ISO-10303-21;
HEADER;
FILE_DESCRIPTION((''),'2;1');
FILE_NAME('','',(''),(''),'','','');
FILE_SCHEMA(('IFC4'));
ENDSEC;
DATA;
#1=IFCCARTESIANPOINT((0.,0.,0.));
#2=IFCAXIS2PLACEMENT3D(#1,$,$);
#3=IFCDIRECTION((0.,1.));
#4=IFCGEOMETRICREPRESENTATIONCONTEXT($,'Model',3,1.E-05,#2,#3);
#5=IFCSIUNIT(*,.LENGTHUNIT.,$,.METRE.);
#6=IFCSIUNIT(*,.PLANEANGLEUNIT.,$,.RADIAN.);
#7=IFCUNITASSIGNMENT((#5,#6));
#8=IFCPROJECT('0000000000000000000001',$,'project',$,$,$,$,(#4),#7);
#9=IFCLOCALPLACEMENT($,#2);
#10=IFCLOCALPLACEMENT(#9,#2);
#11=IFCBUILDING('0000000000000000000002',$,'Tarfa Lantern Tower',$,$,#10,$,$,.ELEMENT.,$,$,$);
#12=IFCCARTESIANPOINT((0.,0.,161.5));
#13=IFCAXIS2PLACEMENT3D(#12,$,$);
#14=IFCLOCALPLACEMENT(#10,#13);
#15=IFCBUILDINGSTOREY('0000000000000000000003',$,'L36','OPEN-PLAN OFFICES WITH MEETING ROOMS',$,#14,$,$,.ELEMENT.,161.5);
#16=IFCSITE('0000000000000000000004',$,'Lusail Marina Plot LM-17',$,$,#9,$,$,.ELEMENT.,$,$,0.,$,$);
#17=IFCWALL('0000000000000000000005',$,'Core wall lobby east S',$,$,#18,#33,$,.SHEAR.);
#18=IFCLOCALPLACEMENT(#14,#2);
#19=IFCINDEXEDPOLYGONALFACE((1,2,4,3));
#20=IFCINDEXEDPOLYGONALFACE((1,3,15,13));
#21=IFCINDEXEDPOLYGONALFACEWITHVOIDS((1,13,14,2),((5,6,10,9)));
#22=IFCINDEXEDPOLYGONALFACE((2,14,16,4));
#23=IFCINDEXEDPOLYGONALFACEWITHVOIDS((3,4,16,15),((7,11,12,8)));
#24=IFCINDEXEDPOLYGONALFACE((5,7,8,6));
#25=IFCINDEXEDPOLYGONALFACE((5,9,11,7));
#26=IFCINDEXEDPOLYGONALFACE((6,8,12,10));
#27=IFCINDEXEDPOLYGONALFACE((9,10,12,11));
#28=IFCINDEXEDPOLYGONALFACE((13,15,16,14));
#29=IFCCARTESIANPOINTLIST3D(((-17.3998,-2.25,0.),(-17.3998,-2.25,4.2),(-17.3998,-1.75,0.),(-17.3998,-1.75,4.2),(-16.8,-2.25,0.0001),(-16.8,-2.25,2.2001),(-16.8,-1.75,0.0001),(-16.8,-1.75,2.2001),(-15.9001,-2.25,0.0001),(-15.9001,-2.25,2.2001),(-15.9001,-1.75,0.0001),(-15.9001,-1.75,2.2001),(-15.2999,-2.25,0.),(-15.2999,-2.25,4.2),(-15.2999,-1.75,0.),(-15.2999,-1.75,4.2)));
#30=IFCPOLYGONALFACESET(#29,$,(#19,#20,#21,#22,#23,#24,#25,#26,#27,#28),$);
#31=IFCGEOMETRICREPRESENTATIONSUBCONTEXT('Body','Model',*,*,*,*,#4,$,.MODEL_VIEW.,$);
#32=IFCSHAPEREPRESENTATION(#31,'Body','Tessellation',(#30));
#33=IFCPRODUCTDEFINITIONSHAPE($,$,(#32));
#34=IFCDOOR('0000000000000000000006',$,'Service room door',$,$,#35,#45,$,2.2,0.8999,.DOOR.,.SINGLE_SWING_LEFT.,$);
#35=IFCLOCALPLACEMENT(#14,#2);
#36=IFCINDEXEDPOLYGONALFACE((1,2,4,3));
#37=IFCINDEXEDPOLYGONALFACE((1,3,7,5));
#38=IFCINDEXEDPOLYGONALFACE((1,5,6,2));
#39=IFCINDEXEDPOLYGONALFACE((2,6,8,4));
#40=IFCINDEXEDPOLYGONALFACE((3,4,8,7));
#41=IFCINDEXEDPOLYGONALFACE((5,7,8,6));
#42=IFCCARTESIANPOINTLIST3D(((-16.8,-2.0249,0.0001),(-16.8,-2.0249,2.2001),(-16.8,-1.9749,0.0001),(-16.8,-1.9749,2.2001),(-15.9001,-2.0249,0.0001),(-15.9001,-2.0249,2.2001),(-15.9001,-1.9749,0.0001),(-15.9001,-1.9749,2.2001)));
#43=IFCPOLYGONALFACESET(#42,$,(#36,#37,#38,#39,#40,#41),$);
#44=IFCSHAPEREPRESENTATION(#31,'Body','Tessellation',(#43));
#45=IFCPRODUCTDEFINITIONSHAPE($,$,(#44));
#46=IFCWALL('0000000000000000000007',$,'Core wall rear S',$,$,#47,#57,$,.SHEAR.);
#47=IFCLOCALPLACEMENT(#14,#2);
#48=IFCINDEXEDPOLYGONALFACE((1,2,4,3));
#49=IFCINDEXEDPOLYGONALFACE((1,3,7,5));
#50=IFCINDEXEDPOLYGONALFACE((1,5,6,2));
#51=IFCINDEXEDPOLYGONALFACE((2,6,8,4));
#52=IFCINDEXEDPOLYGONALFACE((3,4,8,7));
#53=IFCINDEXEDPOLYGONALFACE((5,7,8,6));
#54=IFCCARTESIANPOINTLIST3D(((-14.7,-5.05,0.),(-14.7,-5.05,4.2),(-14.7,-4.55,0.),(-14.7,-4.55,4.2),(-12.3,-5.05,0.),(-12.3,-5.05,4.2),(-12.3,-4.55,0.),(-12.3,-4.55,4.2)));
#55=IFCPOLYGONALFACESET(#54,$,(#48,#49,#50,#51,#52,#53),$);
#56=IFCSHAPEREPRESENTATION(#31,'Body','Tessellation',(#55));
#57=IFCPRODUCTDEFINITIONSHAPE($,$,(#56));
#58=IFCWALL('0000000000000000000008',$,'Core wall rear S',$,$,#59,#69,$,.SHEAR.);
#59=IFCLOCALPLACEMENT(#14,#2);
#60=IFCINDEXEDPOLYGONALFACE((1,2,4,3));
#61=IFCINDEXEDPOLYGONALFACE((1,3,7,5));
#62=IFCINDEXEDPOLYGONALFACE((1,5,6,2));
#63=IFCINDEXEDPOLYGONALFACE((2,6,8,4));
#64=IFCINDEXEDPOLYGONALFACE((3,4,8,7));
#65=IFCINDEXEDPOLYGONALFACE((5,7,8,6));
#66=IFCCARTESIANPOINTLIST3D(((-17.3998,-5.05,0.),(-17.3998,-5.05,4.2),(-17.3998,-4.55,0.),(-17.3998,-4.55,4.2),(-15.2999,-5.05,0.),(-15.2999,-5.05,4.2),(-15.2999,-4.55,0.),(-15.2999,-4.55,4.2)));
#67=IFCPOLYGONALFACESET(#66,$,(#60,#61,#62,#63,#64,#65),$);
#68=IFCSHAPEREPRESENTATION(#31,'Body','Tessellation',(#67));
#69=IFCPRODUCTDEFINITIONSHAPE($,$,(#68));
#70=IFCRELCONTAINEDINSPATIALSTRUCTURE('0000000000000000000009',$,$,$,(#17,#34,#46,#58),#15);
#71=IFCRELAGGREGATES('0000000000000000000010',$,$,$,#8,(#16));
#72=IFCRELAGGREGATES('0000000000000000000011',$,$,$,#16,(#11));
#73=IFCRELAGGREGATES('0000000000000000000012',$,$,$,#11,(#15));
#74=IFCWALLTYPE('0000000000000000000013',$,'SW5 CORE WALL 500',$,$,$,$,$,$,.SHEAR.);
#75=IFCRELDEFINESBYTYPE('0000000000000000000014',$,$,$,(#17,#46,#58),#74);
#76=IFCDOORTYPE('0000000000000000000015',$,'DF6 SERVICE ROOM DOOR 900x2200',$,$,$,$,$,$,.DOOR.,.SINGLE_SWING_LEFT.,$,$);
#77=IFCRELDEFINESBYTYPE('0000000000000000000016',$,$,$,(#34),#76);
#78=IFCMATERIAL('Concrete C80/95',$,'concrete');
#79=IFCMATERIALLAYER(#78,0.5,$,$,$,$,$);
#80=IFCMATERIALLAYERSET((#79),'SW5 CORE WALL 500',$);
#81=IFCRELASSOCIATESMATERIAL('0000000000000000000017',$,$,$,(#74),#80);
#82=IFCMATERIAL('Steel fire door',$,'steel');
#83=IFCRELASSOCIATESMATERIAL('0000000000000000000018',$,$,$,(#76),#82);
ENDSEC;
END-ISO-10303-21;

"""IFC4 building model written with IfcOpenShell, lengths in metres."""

from ifc_helpers import new_model, si_unit, direction, frame, frame_2d, origin, place, context, subcontext, project, spatial, rectangle, extrude, material, layer, layer_set, type_object, element, fill, save


model = new_model("IFC4")

# Units and contexts
model_context = context("Model", 3, precision=1e-05, world=origin(), true_north=direction((0.0, 1.0)))
body_context = subcontext(model_context, "Body", "Model", "MODEL_VIEW")
ifc_project = project(units=[si_unit("LENGTHUNIT", "METRE"), si_unit("PLANEANGLEUNIT", "RADIAN")], contexts=[model_context])

# Site, building, storey
site_placement = place(None, origin())
site = spatial("IfcSite", under=ifc_project, at=site_placement, Name="Lusail Marina Plot LM-17", CompositionType="ELEMENT", RefElevation=0.0)
building_placement = place(site_placement, origin())
building = spatial("IfcBuilding", under=site, at=building_placement, Name="Tarfa Lantern Tower", CompositionType="ELEMENT")
storey_placement = place(building_placement, frame((0.0, 0.0, 161.5)))
storey = spatial("IfcBuildingStorey", under=building, at=storey_placement, Name="L36", Description="OPEN-PLAN OFFICES WITH MEETING ROOMS", CompositionType="ELEMENT", Elevation=161.5)

# Shared definitions
ifc_material_1 = material(Name="Concrete C80/95", Category="concrete")
ifc_layer_1 = layer(ifc_material_1, 0.5)
ifc_layer_set_1 = layer_set([ifc_layer_1], Name="SW5 CORE WALL 500")
wall_type_1 = type_object("IfcWallType", Name="SW5 CORE WALL 500", PredefinedType="SHEAR", material=ifc_layer_set_1)

# Wall, opening, door
wall_1_placement = place(storey_placement, frame((-15.3, -2.0, 0.0), z_axis=(0.0, 0.0, 1.0), x_axis=(-1.0, 0.0, 0.0)))
wall_1 = element("IfcWall", 1, at=wall_1_placement, inside=storey, type_object=wall_type_1, Name="Core wall lobby east S", PredefinedType="SHEAR", context=body_context, shape_type="SweptSolid", body=[
    extrude(rectangle(XDim=2.0999, YDim=0.5, at=frame_2d((1.0498, 0.0))), origin(), (0.0, 0.0, 1.0), 4.2),
])
opening_1_placement = place(wall_1_placement, frame((0.6001, 0.0, 0.0)))
opening_1 = element("IfcOpeningElement", 2, at=opening_1_placement, cuts=wall_1, PredefinedType="OPENING", context=body_context, shape_type="SweptSolid", body=[
    extrude(rectangle(XDim=0.8999, YDim=2.2, at=frame_2d((0.45, 1.1001))), frame((0.0, 0.26, 0.0), z_axis=(0.0, -1.0, 0.0), x_axis=(1.0, 0.0, 0.0)), (0.0, 0.0, 1.0), 0.52),
])
ifc_material_2 = material(Name="Steel fire door", Category="steel")
door_type_1 = type_object("IfcDoorType", Name="DF6 SERVICE ROOM DOOR 900x2200", OperationType="SINGLE_SWING_LEFT", PredefinedType="DOOR", material=ifc_material_2)
door_1_placement = place(opening_1_placement, origin())
door_1 = element("IfcDoor", 3, at=door_1_placement, inside=storey, type_object=door_type_1, Name="Service room door", OperationType="SINGLE_SWING_LEFT", OverallHeight=2.2, OverallWidth=0.8999, PredefinedType="DOOR", context=body_context, shape_type="SweptSolid", body=[
    extrude(rectangle(XDim=0.8999, YDim=2.2, at=frame_2d((0.45, 1.1001))), frame((0.0, 0.0249, 0.0), z_axis=(0.0, -1.0, 0.0), x_axis=(1.0, 0.0, 0.0)), (0.0, 0.0, 1.0), 0.05),
])
fill(opening_1, door_1)

# Walls
wall_2_placement = place(storey_placement, frame((-12.3, -4.8, 0.0), z_axis=(0.0, 0.0, 1.0), x_axis=(-1.0, 0.0, 0.0)))
element("IfcWall", 4, at=wall_2_placement, inside=storey, type_object=wall_type_1, Name="Core wall rear S", PredefinedType="SHEAR", context=body_context, shape_type="SweptSolid", body=[
    extrude(rectangle(XDim=2.3999, YDim=0.5, at=frame_2d((1.2, 0.0))), origin(), (0.0, 0.0, 1.0), 4.2),
])
wall_3_placement = place(storey_placement, frame((-15.3, -4.8, 0.0), z_axis=(0.0, 0.0, 1.0), x_axis=(-1.0, 0.0, 0.0)))
element("IfcWall", 5, at=wall_3_placement, inside=storey, type_object=wall_type_1, Name="Core wall rear S", PredefinedType="SHEAR", context=body_context, shape_type="SweptSolid", body=[
    extrude(rectangle(XDim=2.0999, YDim=0.5, at=frame_2d((1.0498, 0.0))), origin(), (0.0, 0.0, 1.0), 4.2),
])

save(model, "model.ifc")
